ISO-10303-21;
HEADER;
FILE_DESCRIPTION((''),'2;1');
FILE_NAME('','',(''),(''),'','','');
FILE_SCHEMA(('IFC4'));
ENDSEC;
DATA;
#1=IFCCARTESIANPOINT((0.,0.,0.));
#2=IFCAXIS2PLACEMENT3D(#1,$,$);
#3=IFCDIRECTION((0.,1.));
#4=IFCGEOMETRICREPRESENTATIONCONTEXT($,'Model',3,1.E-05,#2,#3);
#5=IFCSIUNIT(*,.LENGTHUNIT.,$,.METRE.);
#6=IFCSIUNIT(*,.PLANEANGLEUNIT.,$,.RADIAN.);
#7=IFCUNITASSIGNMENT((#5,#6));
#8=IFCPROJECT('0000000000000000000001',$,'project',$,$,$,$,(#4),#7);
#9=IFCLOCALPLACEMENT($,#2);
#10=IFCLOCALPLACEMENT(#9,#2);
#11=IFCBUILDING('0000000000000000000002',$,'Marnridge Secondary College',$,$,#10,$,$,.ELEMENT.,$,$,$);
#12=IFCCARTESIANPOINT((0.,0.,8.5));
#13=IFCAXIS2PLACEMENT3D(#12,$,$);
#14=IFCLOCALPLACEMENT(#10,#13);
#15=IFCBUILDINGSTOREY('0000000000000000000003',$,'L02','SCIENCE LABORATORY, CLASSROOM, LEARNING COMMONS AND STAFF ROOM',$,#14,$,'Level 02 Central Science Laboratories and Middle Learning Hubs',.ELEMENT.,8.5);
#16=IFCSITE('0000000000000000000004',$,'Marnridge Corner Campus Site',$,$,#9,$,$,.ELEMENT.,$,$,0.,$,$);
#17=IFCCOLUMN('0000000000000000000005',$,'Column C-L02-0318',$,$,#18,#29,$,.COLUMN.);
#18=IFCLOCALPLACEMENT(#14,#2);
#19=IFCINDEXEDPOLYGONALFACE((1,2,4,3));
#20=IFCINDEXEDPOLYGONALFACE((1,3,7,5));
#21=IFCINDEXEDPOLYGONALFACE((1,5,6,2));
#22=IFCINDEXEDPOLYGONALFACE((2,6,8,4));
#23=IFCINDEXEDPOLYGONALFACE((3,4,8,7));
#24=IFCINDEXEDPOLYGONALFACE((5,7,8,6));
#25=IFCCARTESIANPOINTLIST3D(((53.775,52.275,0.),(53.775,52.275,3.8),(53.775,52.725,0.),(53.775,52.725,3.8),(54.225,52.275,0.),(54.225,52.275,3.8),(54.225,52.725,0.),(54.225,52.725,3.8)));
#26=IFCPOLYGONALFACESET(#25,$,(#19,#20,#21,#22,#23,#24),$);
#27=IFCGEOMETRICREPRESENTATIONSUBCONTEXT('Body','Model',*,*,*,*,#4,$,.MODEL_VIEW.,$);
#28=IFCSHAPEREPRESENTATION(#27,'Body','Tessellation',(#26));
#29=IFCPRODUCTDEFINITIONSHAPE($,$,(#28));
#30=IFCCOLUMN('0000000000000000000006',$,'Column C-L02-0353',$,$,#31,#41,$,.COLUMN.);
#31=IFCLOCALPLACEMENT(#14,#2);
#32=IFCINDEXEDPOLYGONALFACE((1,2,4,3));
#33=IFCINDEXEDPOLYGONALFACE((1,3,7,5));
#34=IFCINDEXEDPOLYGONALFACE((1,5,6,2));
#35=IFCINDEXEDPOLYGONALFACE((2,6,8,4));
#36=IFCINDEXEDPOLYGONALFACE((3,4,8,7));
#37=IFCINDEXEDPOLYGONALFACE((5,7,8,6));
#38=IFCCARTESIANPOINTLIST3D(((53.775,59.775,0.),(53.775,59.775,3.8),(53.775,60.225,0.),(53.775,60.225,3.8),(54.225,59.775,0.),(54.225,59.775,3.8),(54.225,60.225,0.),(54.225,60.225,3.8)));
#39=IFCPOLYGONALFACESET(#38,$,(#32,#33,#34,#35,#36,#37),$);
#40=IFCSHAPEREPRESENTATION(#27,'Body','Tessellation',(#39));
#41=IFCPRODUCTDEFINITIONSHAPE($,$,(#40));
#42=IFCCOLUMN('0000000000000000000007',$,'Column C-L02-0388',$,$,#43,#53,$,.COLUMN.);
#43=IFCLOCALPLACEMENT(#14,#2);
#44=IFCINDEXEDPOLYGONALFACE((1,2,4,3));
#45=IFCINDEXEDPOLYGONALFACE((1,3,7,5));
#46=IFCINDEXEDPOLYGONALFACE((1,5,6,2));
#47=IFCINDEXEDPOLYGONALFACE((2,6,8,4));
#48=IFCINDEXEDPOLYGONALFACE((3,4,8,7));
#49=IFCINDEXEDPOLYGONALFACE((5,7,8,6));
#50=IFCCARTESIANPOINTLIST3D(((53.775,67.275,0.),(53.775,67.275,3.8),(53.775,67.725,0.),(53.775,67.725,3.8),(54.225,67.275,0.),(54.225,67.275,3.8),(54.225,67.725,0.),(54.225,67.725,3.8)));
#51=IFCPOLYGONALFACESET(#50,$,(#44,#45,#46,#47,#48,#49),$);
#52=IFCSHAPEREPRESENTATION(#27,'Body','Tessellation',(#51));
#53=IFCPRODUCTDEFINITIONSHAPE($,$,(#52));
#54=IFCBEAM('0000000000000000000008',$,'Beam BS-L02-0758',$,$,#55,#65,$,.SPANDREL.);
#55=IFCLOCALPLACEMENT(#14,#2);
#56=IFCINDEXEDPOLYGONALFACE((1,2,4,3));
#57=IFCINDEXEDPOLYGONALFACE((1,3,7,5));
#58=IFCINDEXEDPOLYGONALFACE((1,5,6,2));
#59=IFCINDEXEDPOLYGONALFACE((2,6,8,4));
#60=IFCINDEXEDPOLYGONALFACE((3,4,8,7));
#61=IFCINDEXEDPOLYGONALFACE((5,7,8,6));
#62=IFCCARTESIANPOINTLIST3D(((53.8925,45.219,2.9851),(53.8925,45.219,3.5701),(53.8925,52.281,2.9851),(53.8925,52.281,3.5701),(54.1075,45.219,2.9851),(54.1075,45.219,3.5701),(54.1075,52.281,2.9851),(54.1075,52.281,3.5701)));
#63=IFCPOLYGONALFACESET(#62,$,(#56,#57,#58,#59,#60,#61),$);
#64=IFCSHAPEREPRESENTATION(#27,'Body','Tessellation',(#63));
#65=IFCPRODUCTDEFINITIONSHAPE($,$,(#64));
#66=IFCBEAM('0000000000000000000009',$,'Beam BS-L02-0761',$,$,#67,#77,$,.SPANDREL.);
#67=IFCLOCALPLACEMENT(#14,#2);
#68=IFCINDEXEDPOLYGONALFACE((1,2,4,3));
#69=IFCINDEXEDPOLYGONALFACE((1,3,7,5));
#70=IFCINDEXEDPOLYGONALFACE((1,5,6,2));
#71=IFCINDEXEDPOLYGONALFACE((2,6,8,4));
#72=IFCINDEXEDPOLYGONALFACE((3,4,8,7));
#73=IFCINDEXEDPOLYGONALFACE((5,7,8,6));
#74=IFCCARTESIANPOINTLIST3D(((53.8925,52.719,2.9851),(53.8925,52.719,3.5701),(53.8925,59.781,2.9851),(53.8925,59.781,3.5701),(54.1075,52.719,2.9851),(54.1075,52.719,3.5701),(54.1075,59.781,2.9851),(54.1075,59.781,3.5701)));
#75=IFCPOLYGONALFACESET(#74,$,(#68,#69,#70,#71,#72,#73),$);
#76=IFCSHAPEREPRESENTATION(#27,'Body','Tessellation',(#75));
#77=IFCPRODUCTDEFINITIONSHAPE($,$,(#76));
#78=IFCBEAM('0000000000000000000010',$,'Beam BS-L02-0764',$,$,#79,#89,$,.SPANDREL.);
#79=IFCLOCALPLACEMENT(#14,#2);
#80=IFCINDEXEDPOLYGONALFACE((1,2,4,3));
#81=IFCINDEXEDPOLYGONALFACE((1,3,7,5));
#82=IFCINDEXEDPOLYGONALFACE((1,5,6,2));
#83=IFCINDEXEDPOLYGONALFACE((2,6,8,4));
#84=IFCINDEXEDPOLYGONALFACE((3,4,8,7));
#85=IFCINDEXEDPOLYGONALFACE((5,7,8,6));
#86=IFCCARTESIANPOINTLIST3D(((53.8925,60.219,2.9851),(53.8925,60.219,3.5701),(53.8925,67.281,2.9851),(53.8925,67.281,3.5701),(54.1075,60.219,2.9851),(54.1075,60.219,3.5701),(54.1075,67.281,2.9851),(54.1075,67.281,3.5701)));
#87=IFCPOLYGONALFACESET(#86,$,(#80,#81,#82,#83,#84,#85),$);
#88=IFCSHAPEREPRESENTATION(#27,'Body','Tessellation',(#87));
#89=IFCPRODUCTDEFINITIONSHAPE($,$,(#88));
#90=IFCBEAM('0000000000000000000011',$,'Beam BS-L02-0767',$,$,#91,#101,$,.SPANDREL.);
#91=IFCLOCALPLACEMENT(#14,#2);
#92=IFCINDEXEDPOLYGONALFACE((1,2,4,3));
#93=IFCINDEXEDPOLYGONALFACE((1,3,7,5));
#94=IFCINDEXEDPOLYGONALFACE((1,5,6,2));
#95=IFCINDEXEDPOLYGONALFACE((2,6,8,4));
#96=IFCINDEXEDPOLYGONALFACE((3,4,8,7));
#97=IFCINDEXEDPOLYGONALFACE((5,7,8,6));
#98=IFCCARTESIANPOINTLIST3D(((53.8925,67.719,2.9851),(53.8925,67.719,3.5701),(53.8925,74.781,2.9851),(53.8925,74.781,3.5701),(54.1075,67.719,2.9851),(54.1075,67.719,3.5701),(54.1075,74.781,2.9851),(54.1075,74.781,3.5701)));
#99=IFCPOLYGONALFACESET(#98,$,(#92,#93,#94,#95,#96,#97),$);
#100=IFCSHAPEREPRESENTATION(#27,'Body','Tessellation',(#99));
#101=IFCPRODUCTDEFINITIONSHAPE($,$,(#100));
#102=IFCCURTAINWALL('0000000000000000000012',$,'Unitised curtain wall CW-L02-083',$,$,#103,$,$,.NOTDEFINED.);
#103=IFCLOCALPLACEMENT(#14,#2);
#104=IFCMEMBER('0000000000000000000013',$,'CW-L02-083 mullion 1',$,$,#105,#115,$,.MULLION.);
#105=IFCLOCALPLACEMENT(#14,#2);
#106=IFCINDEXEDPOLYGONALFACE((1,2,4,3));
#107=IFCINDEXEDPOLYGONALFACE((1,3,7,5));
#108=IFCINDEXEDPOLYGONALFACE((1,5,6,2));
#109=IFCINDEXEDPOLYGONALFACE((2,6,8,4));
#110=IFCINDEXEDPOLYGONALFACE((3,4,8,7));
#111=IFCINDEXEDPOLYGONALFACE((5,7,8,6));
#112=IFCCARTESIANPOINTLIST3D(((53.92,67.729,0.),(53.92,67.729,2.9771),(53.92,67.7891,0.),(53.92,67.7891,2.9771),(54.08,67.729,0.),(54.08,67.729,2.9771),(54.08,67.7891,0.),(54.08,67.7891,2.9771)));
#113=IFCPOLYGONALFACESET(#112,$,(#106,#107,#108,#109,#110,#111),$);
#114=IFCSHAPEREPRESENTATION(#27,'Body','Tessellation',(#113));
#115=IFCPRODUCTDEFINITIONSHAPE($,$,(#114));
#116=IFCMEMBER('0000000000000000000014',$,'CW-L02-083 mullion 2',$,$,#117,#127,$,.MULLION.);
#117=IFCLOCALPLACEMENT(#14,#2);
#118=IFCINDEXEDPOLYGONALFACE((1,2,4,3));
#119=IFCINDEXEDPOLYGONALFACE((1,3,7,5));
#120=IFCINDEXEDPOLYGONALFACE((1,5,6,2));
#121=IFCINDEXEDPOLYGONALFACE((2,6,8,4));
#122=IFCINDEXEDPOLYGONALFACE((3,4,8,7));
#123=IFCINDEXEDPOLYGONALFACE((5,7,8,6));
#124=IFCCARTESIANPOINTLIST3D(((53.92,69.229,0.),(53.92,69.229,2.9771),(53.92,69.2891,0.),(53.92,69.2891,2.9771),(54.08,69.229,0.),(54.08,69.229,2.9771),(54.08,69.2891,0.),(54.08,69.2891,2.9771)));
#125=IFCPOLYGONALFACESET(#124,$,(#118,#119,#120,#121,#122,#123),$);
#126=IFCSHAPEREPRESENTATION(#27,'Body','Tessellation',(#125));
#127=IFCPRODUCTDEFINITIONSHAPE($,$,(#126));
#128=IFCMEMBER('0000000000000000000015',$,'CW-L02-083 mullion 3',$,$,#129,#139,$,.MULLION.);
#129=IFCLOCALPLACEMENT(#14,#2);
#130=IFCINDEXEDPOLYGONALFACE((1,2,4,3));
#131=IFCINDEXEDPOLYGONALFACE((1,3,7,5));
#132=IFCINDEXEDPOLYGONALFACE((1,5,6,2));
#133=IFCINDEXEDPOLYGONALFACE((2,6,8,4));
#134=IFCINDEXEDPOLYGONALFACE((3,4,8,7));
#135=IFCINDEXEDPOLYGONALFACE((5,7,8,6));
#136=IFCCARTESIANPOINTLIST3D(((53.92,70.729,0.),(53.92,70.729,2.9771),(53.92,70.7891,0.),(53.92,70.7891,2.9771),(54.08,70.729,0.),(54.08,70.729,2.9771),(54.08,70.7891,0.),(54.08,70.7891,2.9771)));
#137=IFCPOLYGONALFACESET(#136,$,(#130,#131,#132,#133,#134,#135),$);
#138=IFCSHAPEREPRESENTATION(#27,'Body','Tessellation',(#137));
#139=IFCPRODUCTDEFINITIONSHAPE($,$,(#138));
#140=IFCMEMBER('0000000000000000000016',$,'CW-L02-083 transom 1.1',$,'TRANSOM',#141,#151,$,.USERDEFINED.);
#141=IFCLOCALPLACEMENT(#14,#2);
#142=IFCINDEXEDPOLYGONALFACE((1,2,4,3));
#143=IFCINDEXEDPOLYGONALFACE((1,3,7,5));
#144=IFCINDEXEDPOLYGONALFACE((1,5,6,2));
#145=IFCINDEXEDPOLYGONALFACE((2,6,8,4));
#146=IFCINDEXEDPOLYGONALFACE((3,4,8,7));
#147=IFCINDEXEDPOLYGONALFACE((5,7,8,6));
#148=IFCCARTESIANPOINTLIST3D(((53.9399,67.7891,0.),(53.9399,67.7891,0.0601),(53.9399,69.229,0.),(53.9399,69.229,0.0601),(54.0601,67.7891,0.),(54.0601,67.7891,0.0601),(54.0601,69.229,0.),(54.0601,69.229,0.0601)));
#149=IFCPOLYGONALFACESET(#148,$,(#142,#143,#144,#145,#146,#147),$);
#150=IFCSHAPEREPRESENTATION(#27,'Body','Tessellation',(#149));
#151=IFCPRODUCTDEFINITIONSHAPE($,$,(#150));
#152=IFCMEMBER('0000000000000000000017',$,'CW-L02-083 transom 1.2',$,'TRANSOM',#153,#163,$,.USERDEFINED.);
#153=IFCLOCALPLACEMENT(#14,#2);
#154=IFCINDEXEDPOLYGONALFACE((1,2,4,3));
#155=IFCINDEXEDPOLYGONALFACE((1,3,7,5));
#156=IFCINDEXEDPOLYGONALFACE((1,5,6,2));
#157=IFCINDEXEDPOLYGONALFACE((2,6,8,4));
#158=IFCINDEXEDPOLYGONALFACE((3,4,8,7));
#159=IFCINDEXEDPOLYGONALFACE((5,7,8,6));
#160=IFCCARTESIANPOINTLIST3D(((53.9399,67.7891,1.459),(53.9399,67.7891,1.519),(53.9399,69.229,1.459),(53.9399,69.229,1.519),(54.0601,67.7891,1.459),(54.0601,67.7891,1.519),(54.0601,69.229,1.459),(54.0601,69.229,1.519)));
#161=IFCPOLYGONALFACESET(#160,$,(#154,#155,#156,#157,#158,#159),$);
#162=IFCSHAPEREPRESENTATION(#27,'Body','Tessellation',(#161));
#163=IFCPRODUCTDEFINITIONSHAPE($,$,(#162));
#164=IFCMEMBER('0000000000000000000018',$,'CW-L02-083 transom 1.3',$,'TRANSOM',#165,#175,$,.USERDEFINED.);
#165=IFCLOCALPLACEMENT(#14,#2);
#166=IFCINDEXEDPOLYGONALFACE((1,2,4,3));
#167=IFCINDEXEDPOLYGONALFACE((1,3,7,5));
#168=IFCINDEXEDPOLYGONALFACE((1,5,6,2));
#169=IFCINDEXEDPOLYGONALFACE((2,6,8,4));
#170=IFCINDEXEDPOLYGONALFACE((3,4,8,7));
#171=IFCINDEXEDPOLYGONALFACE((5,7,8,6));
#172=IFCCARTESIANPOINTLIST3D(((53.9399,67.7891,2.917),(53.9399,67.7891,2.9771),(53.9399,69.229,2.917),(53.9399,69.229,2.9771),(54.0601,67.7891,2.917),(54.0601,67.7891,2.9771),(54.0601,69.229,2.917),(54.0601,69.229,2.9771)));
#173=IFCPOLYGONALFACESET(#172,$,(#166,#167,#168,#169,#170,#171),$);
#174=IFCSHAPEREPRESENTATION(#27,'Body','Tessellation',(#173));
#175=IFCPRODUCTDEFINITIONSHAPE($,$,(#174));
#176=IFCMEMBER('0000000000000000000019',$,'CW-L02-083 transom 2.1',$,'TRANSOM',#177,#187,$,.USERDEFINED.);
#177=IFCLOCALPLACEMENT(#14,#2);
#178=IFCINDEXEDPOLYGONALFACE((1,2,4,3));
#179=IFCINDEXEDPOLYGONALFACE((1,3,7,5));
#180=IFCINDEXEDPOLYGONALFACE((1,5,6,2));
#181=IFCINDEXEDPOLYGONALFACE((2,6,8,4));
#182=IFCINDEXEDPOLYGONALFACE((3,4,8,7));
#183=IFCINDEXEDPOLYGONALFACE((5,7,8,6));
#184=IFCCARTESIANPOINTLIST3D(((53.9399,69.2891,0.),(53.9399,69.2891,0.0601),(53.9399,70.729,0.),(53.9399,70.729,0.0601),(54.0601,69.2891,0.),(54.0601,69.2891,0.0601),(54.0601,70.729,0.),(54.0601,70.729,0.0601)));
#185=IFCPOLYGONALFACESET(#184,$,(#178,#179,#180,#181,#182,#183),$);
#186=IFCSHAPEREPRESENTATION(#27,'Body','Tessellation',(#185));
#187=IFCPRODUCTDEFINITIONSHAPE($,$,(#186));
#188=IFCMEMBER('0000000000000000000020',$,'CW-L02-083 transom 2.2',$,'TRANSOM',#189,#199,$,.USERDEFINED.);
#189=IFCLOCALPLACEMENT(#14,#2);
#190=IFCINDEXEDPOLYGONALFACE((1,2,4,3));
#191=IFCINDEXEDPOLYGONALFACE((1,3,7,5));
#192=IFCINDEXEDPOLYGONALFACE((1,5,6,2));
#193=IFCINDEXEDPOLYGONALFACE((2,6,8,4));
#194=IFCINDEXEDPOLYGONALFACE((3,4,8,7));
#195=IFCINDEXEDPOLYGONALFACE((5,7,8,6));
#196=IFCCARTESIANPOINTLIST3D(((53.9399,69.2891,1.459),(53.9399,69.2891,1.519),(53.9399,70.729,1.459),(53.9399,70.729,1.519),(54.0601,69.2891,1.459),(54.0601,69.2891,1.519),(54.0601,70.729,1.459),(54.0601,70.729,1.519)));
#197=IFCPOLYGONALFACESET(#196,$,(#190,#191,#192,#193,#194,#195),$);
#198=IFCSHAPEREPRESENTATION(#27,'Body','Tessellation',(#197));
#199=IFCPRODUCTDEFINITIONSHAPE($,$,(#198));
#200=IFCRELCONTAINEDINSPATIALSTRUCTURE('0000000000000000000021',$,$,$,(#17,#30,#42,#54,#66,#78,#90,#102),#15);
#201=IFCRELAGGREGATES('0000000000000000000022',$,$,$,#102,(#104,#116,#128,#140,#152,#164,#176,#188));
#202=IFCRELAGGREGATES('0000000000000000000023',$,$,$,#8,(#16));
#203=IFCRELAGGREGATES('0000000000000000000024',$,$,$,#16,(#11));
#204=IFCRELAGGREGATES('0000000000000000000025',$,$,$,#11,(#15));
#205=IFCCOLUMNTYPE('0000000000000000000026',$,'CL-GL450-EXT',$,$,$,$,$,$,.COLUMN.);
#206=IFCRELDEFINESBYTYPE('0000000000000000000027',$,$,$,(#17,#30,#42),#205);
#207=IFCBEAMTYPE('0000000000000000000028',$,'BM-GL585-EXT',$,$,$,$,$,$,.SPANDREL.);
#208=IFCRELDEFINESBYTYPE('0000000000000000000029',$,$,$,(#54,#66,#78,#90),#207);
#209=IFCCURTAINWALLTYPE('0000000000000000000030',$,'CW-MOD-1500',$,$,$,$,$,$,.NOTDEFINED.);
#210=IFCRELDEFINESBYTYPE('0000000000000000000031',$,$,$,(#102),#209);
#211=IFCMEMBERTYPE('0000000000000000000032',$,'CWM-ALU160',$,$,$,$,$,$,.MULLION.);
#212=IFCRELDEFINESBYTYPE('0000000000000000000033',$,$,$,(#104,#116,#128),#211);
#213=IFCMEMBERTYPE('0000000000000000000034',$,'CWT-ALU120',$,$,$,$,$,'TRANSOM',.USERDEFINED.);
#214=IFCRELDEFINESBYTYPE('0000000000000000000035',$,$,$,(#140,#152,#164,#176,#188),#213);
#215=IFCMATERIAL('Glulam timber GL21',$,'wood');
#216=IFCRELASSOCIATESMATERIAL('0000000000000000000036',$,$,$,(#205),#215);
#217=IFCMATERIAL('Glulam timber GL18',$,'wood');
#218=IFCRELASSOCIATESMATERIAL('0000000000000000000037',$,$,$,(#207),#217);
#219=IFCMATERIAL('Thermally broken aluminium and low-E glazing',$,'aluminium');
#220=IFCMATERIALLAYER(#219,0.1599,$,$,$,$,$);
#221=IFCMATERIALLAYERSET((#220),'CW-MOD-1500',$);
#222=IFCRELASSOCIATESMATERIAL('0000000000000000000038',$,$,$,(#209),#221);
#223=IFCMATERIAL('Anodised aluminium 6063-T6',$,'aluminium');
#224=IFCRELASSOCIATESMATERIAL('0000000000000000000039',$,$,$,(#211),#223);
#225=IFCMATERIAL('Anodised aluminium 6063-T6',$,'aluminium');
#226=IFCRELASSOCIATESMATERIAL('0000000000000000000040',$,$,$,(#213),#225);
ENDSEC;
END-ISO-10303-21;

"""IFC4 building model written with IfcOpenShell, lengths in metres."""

from ifc_helpers import new_model, si_unit, direction, frame, origin, origin_2d, place, context, subcontext, project, spatial, rectangle, extrude, material, layer, layer_set, material_profile, profile_set, type_object, element, aggregate, save


model = new_model("IFC4")

# Units and contexts
model_context = context("Model", 3, precision=1e-05, world=origin(), true_north=direction((0.0, 1.0)))
body_context = subcontext(model_context, "Body", "Model", "MODEL_VIEW")
ifc_project = project(units=[si_unit("LENGTHUNIT", "METRE"), si_unit("PLANEANGLEUNIT", "RADIAN")], contexts=[model_context])

# Site, building, storey
site_placement = place(None, origin())
site = spatial("IfcSite", under=ifc_project, at=site_placement, Name="Marnridge Corner Campus Site", CompositionType="ELEMENT", RefElevation=0.0)
building_placement = place(site_placement, origin())
building = spatial("IfcBuilding", under=site, at=building_placement, Name="Marnridge Secondary College", CompositionType="ELEMENT")
storey_placement = place(building_placement, frame((0.0, 0.0, 8.5)))
storey = spatial("IfcBuildingStorey", under=building, at=storey_placement, Name="L02", Description="SCIENCE LABORATORY, CLASSROOM, LEARNING COMMONS AND STAFF ROOM", LongName="Level 02 Central Science Laboratories and Middle Learning Hubs", CompositionType="ELEMENT", Elevation=8.5)

# Columns
ifc_material_1 = material(Name="Glulam timber GL21", Category="wood")
ifc_material_profile_1 = material_profile(ifc_material_1, rectangle(XDim=0.45, YDim=0.45, at=origin_2d()), Name="GL21 450x450")
ifc_profile_set_1 = profile_set([ifc_material_profile_1], Name="Glulam timber GL21")
column_type = type_object("IfcColumnType", Name="CL-GL450-EXT", PredefinedType="COLUMN", material=ifc_profile_set_1)
for number, where, z_axis, x_axis, name in (
    (1, (54.0, 52.5, 0.0), (0.0, 0.0, 1.0), (1.0, 0.0, 0.0), "Column C-L02-0318"),
    (2, (54.0, 60.0, 0.0), (0.0, 0.0, 1.0), (1.0, 0.0, 0.0), "Column C-L02-0353"),
    (3, (54.0, 67.5, 0.0), (0.0, 0.0, 1.0), (1.0, 0.0, 0.0), "Column C-L02-0388"),
):
    element("IfcColumn", number, at=place(storey_placement, frame(where, z_axis=z_axis, x_axis=x_axis)), inside=storey, type_object=column_type, Name=name, PredefinedType="COLUMN", context=body_context, shape_type="SweptSolid", body=[
        extrude(rectangle(XDim=0.45, YDim=0.45, at=origin_2d()), origin(), (0.0, 0.0, 1.0), 3.8),
    ])

# Beams
ifc_material_2 = material(Name="Glulam timber GL18", Category="wood")
ifc_material_profile_2 = material_profile(ifc_material_2, rectangle(XDim=0.2151, YDim=0.585, at=origin_2d()), Name="GL18 215x585")
ifc_profile_set_2 = profile_set([ifc_material_profile_2], Name="Glulam timber GL18")
beam_type = type_object("IfcBeamType", Name="BM-GL585-EXT", PredefinedType="SPANDREL", material=ifc_profile_set_2)
for number, where, z_axis, x_axis, name in (
    (4, (54.0, 45.219, 3.2776), (0.0, 1.0, 0.0), (-1.0, 0.0, 0.0), "Beam BS-L02-0758"),
    (5, (54.0, 52.719, 3.2776), (0.0, 1.0, 0.0), (-1.0, 0.0, 0.0), "Beam BS-L02-0761"),
    (6, (54.0, 60.219, 3.2776), (0.0, 1.0, 0.0), (-1.0, 0.0, 0.0), "Beam BS-L02-0764"),
    (7, (54.0, 67.719, 3.2776), (0.0, 1.0, 0.0), (-1.0, 0.0, 0.0), "Beam BS-L02-0767"),
):
    element("IfcBeam", number, at=place(storey_placement, frame(where, z_axis=z_axis, x_axis=x_axis)), inside=storey, type_object=beam_type, Name=name, PredefinedType="SPANDREL", context=body_context, shape_type="SweptSolid", body=[
        extrude(rectangle(XDim=0.2151, YDim=0.585, at=origin_2d()), origin(), (0.0, 0.0, 1.0), 7.062),
    ])

# Curtain wall, members
ifc_material_3 = material(Name="Thermally broken aluminium and low-E glazing", Category="aluminium")
ifc_layer_1 = layer(ifc_material_3, 0.1599)
ifc_layer_set_1 = layer_set([ifc_layer_1], Name="CW-MOD-1500")
curtain_wall_type = type_object("IfcCurtainWallType", Name="CW-MOD-1500", PredefinedType="NOTDEFINED", material=ifc_layer_set_1)
curtain_wall_placement = place(storey_placement, origin())
curtain_wall = element("IfcCurtainWall", 8, at=curtain_wall_placement, inside=storey, type_object=curtain_wall_type, Name="Unitised curtain wall CW-L02-083", PredefinedType="NOTDEFINED")
ifc_material_4 = material(Name="Anodised aluminium 6063-T6", Category="aluminium")
ifc_material_profile_3 = material_profile(ifc_material_4, rectangle(XDim=0.0601, YDim=0.1599, at=origin_2d()), Name="ALU 60x160")
ifc_profile_set_3 = profile_set([ifc_material_profile_3], Name="Anodised aluminium 6063-T6")
member_type_1 = type_object("IfcMemberType", Name="CWM-ALU160", PredefinedType="MULLION", material=ifc_profile_set_3)
member_1_placement = place(storey_placement, frame((54.0, 67.759, 0.0), z_axis=(0.0, 0.0, 1.0), x_axis=(0.0, 1.0, 0.0)))
member_1 = element("IfcMember", 9, at=member_1_placement, type_object=member_type_1, Name="CW-L02-083 mullion 1", PredefinedType="MULLION", context=body_context, shape_type="SweptSolid", body=[
    extrude(rectangle(XDim=0.0601, YDim=0.1599, at=origin_2d()), origin(), (0.0, 0.0, 1.0), 2.9771),
])
member_2_placement = place(storey_placement, frame((54.0, 69.259, 0.0), z_axis=(0.0, 0.0, 1.0), x_axis=(0.0, 1.0, 0.0)))
member_2 = element("IfcMember", 10, at=member_2_placement, type_object=member_type_1, Name="CW-L02-083 mullion 2", PredefinedType="MULLION", context=body_context, shape_type="SweptSolid", body=[
    extrude(rectangle(XDim=0.0601, YDim=0.1599, at=origin_2d()), origin(), (0.0, 0.0, 1.0), 2.9771),
])
member_3_placement = place(storey_placement, frame((54.0, 70.759, 0.0), z_axis=(0.0, 0.0, 1.0), x_axis=(0.0, 1.0, 0.0)))
member_3 = element("IfcMember", 11, at=member_3_placement, type_object=member_type_1, Name="CW-L02-083 mullion 3", PredefinedType="MULLION", context=body_context, shape_type="SweptSolid", body=[
    extrude(rectangle(XDim=0.0601, YDim=0.1599, at=origin_2d()), origin(), (0.0, 0.0, 1.0), 2.9771),
])
ifc_material_5 = material(Name="Anodised aluminium 6063-T6", Category="aluminium")
ifc_material_profile_4 = material_profile(ifc_material_5, rectangle(XDim=0.0601, YDim=0.1201, at=origin_2d()), Name="ALU 60x120")
ifc_profile_set_4 = profile_set([ifc_material_profile_4], Name="Anodised aluminium 6063-T6")
member_type_2 = type_object("IfcMemberType", Name="CWT-ALU120", ElementType="TRANSOM", PredefinedType="USERDEFINED", material=ifc_profile_set_4)
member_4_placement = place(storey_placement, frame((54.0, 67.7891, 0.03), z_axis=(0.0, 1.0, 0.0), x_axis=(0.0, 0.0, 1.0)))
member_4 = element("IfcMember", 12, at=member_4_placement, type_object=member_type_2, Name="CW-L02-083 transom 1.1", ObjectType="TRANSOM", PredefinedType="USERDEFINED", context=body_context, shape_type="SweptSolid", body=[
    extrude(rectangle(XDim=0.0601, YDim=0.1201, at=origin_2d()), origin(), (0.0, 0.0, 1.0), 1.4399),
])
member_5_placement = place(storey_placement, frame((54.0, 67.7891, 1.489), z_axis=(0.0, 1.0, 0.0), x_axis=(0.0, 0.0, 1.0)))
member_5 = element("IfcMember", 13, at=member_5_placement, type_object=member_type_2, Name="CW-L02-083 transom 1.2", ObjectType="TRANSOM", PredefinedType="USERDEFINED", context=body_context, shape_type="SweptSolid", body=[
    extrude(rectangle(XDim=0.0601, YDim=0.1201, at=origin_2d()), origin(), (0.0, 0.0, 1.0), 1.4399),
])
member_6_placement = place(storey_placement, frame((54.0, 67.7891, 2.947), z_axis=(0.0, 1.0, 0.0), x_axis=(0.0, 0.0, 1.0)))
member_6 = element("IfcMember", 14, at=member_6_placement, type_object=member_type_2, Name="CW-L02-083 transom 1.3", ObjectType="TRANSOM", PredefinedType="USERDEFINED", context=body_context, shape_type="SweptSolid", body=[
    extrude(rectangle(XDim=0.0601, YDim=0.1201, at=origin_2d()), origin(), (0.0, 0.0, 1.0), 1.4399),
])
member_7_placement = place(storey_placement, frame((54.0, 69.2891, 0.03), z_axis=(0.0, 1.0, 0.0), x_axis=(0.0, 0.0, 1.0)))
member_7 = element("IfcMember", 15, at=member_7_placement, type_object=member_type_2, Name="CW-L02-083 transom 2.1", ObjectType="TRANSOM", PredefinedType="USERDEFINED", context=body_context, shape_type="SweptSolid", body=[
    extrude(rectangle(XDim=0.0601, YDim=0.1201, at=origin_2d()), origin(), (0.0, 0.0, 1.0), 1.4399),
])
member_8_placement = place(storey_placement, frame((54.0, 69.2891, 1.489), z_axis=(0.0, 1.0, 0.0), x_axis=(0.0, 0.0, 1.0)))
member_8 = element("IfcMember", 16, at=member_8_placement, type_object=member_type_2, Name="CW-L02-083 transom 2.2", ObjectType="TRANSOM", PredefinedType="USERDEFINED", context=body_context, shape_type="SweptSolid", body=[
    extrude(rectangle(XDim=0.0601, YDim=0.1201, at=origin_2d()), origin(), (0.0, 0.0, 1.0), 1.4399),
])
aggregate(curtain_wall, [member_1, member_2, member_3, member_4, member_5, member_6, member_7, member_8])

save(model, "model.ifc")
